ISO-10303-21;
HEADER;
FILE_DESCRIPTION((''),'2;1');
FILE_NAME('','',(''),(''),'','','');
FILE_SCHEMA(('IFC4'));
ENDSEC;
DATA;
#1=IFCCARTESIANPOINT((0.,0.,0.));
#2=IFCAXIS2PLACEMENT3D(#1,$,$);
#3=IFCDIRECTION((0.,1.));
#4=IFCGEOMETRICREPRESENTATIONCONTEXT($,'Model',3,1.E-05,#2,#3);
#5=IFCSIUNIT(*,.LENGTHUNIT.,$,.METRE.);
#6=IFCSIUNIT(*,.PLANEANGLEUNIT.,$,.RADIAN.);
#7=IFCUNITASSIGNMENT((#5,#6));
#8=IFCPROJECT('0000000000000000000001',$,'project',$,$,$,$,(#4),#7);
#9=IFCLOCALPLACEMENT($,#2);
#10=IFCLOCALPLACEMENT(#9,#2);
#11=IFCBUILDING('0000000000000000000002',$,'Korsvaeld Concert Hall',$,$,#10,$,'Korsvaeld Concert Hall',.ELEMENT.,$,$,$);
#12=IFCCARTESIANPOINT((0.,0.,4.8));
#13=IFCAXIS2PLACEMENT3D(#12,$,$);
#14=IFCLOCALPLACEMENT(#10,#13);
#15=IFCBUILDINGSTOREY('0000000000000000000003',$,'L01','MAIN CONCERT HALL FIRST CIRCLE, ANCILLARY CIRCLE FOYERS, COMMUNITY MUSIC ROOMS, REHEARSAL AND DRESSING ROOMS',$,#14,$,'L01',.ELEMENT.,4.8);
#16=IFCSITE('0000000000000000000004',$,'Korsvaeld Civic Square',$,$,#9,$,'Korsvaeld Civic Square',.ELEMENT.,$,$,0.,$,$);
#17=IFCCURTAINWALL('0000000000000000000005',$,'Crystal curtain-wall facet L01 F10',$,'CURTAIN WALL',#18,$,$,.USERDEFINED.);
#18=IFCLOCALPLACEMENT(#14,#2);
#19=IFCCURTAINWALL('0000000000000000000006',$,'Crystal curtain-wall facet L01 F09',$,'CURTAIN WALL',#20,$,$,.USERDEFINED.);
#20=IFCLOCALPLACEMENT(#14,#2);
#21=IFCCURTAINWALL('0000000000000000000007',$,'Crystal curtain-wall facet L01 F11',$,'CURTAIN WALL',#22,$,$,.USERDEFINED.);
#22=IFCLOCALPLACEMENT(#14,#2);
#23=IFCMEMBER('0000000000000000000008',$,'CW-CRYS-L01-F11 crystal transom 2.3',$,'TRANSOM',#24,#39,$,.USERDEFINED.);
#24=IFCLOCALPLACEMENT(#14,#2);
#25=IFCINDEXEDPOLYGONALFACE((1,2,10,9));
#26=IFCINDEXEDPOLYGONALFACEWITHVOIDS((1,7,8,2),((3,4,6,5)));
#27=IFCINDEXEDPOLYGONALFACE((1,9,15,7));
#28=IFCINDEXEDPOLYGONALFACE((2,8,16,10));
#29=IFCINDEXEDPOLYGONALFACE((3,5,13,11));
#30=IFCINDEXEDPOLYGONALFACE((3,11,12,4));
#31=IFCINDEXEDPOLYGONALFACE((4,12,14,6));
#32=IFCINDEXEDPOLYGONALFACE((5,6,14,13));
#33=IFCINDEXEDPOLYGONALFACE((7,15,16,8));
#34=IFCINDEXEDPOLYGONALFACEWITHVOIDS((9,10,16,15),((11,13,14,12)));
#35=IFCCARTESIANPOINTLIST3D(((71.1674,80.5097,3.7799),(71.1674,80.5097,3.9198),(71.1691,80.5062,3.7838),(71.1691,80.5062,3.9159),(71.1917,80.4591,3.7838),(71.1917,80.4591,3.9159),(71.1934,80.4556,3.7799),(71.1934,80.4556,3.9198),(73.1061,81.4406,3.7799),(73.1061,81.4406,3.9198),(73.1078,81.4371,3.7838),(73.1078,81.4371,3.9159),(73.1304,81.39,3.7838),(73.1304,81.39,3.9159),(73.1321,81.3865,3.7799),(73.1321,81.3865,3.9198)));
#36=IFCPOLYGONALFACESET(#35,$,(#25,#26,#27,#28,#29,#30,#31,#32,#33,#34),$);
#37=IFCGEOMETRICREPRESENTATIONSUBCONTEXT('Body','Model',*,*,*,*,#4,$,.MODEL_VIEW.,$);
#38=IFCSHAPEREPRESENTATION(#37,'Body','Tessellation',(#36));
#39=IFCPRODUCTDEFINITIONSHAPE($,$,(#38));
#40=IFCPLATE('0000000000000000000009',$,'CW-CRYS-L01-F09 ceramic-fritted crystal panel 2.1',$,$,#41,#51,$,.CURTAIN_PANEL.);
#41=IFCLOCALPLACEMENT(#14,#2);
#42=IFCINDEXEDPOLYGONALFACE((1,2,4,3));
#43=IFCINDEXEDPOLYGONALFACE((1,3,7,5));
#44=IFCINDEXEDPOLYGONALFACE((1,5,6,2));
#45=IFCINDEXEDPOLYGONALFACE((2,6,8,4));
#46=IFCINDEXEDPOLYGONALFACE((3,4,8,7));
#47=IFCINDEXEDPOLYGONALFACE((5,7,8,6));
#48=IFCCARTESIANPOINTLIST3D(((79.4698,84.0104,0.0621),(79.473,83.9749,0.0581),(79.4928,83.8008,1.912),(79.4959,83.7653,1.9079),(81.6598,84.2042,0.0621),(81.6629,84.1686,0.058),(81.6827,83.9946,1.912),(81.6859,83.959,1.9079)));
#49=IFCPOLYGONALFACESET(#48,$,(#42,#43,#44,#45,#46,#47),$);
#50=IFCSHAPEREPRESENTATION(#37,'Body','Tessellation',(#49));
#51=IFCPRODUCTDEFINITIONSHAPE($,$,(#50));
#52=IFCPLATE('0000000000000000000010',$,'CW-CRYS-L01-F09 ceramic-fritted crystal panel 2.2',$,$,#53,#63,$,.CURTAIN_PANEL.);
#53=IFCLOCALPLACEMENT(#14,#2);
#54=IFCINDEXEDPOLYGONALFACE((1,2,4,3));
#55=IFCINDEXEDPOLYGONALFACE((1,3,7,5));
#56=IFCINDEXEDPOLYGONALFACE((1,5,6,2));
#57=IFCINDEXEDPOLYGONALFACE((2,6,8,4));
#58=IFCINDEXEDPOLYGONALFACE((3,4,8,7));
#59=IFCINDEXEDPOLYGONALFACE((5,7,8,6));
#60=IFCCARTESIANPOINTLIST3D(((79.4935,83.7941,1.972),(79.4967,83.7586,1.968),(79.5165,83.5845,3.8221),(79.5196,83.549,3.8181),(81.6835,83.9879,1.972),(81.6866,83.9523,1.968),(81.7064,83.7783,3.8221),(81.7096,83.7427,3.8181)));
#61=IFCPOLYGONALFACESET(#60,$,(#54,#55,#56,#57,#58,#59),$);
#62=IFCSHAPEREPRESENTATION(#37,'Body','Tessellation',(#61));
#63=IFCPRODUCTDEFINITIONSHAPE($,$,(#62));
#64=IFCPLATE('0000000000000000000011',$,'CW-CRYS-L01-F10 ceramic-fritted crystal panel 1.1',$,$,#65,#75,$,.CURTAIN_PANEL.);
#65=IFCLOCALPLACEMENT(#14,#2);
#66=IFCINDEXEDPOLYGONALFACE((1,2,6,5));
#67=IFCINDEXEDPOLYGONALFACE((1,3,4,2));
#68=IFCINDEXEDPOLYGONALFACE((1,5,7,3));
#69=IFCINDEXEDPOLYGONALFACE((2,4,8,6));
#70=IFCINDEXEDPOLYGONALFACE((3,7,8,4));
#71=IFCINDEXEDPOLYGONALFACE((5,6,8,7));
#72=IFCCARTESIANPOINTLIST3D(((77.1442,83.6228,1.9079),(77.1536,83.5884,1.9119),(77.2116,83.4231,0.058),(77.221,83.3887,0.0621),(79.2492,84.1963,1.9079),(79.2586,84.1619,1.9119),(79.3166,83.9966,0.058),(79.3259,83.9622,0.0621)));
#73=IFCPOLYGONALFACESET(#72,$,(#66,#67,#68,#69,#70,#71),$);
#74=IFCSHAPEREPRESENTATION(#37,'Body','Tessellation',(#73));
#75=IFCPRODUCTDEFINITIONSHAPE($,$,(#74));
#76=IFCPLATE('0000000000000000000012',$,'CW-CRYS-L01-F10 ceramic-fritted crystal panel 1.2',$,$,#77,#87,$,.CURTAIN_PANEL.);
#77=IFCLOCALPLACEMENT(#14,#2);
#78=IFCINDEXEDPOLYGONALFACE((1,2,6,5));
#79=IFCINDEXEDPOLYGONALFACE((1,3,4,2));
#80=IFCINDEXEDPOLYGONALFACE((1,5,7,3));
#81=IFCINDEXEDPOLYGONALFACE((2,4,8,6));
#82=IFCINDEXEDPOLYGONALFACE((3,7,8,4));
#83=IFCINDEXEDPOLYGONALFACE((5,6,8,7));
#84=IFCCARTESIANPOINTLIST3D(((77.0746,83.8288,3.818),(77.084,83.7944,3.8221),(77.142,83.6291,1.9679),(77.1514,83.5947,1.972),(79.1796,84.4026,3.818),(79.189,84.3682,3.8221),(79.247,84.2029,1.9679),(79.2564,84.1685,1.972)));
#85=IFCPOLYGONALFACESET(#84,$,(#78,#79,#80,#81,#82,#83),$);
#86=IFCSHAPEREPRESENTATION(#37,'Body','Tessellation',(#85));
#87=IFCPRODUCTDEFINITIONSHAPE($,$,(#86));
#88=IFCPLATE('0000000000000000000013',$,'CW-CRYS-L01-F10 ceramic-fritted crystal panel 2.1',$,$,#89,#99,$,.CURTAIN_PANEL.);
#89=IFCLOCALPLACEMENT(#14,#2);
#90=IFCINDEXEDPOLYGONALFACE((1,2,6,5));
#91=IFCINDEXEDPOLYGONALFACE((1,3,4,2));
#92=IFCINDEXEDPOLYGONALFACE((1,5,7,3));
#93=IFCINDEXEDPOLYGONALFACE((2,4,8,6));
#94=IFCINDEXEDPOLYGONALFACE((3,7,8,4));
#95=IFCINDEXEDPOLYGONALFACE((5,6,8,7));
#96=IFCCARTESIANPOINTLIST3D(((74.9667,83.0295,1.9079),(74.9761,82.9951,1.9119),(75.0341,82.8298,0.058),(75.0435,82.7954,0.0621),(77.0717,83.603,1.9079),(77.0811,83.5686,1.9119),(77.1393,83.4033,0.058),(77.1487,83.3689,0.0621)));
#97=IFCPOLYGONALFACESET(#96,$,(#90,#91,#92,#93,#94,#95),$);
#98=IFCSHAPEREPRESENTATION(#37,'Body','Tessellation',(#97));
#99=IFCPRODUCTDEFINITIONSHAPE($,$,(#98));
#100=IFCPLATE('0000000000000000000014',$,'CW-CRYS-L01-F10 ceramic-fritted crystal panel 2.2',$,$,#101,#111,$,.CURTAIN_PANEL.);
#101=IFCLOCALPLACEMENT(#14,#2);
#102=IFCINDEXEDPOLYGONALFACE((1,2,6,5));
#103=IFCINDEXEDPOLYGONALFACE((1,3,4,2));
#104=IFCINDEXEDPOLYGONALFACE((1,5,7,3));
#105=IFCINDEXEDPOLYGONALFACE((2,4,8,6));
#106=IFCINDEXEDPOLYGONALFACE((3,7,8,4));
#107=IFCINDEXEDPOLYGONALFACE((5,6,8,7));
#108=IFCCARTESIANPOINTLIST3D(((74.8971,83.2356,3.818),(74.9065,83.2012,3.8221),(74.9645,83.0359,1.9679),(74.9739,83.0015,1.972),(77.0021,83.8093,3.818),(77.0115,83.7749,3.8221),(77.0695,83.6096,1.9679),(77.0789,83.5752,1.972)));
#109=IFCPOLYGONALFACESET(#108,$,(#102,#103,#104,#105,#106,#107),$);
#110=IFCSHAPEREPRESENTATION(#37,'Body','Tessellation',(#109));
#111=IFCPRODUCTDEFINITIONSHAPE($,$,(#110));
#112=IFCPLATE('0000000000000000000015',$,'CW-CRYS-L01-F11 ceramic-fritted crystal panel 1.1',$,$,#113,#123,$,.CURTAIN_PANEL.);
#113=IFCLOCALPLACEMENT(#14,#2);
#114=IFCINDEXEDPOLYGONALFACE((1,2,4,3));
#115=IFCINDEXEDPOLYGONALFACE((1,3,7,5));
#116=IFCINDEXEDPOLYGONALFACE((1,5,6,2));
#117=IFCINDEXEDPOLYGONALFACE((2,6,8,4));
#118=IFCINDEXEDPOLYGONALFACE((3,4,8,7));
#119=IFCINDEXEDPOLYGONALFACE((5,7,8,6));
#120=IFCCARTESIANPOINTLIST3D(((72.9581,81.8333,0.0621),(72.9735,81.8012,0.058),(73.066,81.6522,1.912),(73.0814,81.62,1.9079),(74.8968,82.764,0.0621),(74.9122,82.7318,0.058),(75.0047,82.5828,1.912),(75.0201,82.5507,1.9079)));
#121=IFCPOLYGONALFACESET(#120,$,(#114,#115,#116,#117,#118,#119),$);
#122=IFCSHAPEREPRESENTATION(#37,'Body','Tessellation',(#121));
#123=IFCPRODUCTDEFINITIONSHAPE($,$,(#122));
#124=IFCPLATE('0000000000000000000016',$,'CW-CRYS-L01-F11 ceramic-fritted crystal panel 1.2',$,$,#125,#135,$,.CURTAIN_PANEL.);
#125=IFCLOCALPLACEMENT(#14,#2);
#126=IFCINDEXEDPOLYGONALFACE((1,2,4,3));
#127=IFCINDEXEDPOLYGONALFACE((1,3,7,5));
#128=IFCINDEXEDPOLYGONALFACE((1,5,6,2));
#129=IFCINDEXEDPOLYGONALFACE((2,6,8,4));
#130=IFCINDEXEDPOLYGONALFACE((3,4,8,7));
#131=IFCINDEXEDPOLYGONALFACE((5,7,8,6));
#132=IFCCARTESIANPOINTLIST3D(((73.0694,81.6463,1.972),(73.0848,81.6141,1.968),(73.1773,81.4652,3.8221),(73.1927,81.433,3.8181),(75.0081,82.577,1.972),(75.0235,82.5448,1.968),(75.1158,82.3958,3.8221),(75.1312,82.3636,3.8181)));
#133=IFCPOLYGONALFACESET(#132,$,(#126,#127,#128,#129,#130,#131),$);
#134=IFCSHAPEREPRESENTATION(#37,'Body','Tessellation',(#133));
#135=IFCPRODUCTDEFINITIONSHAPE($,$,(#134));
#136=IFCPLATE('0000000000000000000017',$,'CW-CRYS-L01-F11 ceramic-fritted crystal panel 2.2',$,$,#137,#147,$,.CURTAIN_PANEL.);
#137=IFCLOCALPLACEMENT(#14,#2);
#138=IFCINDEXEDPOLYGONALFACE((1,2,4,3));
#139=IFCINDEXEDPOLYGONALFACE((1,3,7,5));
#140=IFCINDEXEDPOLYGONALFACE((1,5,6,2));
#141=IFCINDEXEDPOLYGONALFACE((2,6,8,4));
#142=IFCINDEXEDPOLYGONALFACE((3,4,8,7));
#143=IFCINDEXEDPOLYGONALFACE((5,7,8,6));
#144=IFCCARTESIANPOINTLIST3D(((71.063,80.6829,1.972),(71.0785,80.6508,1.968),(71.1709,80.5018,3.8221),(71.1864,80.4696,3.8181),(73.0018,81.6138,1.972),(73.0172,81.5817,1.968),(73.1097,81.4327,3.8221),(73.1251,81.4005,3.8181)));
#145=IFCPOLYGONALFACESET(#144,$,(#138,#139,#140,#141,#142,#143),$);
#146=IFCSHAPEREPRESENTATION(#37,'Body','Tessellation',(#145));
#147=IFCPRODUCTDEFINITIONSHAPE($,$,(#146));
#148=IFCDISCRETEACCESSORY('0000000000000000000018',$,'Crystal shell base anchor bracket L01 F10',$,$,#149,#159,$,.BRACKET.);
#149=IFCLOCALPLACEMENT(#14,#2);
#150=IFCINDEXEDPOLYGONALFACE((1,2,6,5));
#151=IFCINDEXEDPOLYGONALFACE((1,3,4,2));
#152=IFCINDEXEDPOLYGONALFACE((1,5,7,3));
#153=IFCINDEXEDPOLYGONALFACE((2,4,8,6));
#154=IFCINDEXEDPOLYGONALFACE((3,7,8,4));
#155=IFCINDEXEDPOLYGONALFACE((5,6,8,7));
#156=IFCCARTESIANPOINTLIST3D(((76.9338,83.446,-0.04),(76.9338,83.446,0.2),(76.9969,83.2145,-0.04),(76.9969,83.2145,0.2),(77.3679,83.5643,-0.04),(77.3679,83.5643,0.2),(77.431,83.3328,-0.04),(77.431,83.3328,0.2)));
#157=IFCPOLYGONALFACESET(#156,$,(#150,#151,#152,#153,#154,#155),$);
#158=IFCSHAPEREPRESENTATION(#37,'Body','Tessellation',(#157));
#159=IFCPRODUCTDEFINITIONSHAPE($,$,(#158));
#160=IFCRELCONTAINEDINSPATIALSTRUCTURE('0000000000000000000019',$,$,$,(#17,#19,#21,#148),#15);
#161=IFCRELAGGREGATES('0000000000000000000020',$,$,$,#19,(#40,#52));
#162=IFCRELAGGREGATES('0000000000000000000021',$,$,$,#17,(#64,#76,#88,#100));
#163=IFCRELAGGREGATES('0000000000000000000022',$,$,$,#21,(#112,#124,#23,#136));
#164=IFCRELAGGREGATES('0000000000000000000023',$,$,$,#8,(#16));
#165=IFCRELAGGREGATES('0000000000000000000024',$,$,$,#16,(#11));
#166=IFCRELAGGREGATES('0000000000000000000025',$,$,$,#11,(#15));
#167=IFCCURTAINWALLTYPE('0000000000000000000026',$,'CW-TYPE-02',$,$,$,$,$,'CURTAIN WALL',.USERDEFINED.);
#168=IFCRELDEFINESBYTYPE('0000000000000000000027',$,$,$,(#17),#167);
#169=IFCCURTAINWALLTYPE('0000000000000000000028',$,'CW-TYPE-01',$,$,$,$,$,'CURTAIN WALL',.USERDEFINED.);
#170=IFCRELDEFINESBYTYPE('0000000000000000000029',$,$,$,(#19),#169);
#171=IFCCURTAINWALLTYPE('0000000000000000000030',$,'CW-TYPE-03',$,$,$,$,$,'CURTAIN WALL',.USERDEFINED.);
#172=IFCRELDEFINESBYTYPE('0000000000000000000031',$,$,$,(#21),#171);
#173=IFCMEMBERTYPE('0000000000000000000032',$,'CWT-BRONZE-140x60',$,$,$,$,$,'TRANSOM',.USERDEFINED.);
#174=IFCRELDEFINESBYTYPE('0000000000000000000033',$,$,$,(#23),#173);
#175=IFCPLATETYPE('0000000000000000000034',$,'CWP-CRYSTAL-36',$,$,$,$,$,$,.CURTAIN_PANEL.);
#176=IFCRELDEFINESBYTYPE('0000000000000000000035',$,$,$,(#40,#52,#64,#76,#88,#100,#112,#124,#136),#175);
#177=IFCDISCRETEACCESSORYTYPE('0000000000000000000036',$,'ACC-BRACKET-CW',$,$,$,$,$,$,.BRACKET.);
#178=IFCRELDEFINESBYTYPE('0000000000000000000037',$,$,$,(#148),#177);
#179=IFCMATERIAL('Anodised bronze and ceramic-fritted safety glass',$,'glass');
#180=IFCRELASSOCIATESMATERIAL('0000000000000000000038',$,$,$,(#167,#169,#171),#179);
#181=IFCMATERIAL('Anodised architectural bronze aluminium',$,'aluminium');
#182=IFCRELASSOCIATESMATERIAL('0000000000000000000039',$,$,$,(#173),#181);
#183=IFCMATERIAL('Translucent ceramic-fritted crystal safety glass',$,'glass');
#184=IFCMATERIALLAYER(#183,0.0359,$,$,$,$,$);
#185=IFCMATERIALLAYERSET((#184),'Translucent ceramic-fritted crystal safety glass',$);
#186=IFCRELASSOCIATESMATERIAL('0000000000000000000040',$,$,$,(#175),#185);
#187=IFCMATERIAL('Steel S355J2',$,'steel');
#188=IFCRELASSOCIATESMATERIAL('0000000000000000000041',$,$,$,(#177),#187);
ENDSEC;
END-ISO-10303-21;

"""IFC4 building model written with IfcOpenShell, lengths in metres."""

from ifc_helpers import new_model, si_unit, direction, frame, origin, origin_2d, place, context, subcontext, project, spatial, polyline, rectangle, hollow_rectangle, outline, extrude, material, layer, layer_set, material_profile, profile_set, type_object, element, aggregate, save


model = new_model("IFC4")

# Units and contexts
model_context = context("Model", 3, precision=1e-05, world=origin(), true_north=direction((0.0, 1.0)))
body_context = subcontext(model_context, "Body", "Model", "MODEL_VIEW")
ifc_project = project(units=[si_unit("LENGTHUNIT", "METRE"), si_unit("PLANEANGLEUNIT", "RADIAN")], contexts=[model_context])

# Site, building, storey
site_placement = place(None, origin())
site = spatial("IfcSite", under=ifc_project, at=site_placement, Name="Korsvaeld Civic Square", LongName="Korsvaeld Civic Square", CompositionType="ELEMENT", RefElevation=0.0)
building_placement = place(site_placement, origin())
building = spatial("IfcBuilding", under=site, at=building_placement, Name="Korsvaeld Concert Hall", LongName="Korsvaeld Concert Hall", CompositionType="ELEMENT")
storey_placement = place(building_placement, frame((0.0, 0.0, 4.8)))
storey = spatial("IfcBuildingStorey", under=building, at=storey_placement, Name="L01", Description="MAIN CONCERT HALL FIRST CIRCLE, ANCILLARY CIRCLE FOYERS, COMMUNITY MUSIC ROOMS, REHEARSAL AND DRESSING ROOMS", LongName="L01", CompositionType="ELEMENT", Elevation=4.8)

# Shared definitions
ifc_material_1 = material(Name="Steel S355J2", Category="steel")

# Curtain wall
ifc_material_2 = material(Name="Anodised bronze and ceramic-fritted safety glass", Category="glass")
curtain_wall_type_1 = type_object("IfcCurtainWallType", Name="CW-TYPE-02", ElementType="CURTAIN WALL", PredefinedType="USERDEFINED", material=ifc_material_2)
curtain_wall_1_placement = place(storey_placement, origin())
curtain_wall_1 = element("IfcCurtainWall", 1, at=curtain_wall_1_placement, inside=storey, type_object=curtain_wall_type_1, Name="Crystal curtain-wall facet L01 F10", ObjectType="CURTAIN WALL", PredefinedType="USERDEFINED")
ifc_material_3 = material(Name="Anodised architectural bronze aluminium", Category="aluminium")

# Curtain walls
curtain_wall_type_2 = type_object("IfcCurtainWallType", Name="CW-TYPE-01", ElementType="CURTAIN WALL", PredefinedType="USERDEFINED", material=ifc_material_2)
curtain_wall_2_placement = place(storey_placement, origin())
curtain_wall_2 = element("IfcCurtainWall", 2, at=curtain_wall_2_placement, inside=storey, type_object=curtain_wall_type_2, Name="Crystal curtain-wall facet L01 F09", ObjectType="CURTAIN WALL", PredefinedType="USERDEFINED")
curtain_wall_type_3 = type_object("IfcCurtainWallType", Name="CW-TYPE-03", ElementType="CURTAIN WALL", PredefinedType="USERDEFINED", material=ifc_material_2)
curtain_wall_3_placement = place(storey_placement, origin())
curtain_wall_3 = element("IfcCurtainWall", 3, at=curtain_wall_3_placement, inside=storey, type_object=curtain_wall_type_3, Name="Crystal curtain-wall facet L01 F11", ObjectType="CURTAIN WALL", PredefinedType="USERDEFINED")

# Member
ifc_material_profile_1 = material_profile(ifc_material_3, hollow_rectangle(XDim=0.0601, YDim=0.1399, WallThickness=0.0039, at=origin_2d()), Name="CWT 140x60x4")
ifc_profile_set_1 = profile_set([ifc_material_profile_1], Name="Anodised architectural bronze aluminium")
member_type_1 = type_object("IfcMemberType", Name="CWT-BRONZE-140x60", ElementType="TRANSOM", PredefinedType="USERDEFINED", material=ifc_profile_set_1)
member_1_placement = place(storey_placement, frame((73.1191, 81.4136, 3.8499), z_axis=(-0.901465, -0.432853, 0.0), x_axis=(0.432853, -0.901465, 0.0)))
member_1 = element("IfcMember", 4, at=member_1_placement, type_object=member_type_1, Name="CW-CRYS-L01-F11 crystal transom 2.3", ObjectType="TRANSOM", PredefinedType="USERDEFINED", context=body_context, shape_type="SweptSolid", body=[
    extrude(hollow_rectangle(XDim=0.0601, YDim=0.1399, WallThickness=0.0039, at=origin_2d()), origin(), (0.0, 0.0, 1.0), 2.1506),
])

# Plates
ifc_material_4 = material(Name="Translucent ceramic-fritted crystal safety glass", Category="glass")
ifc_layer = layer(ifc_material_4, 0.0359)
ifc_layer_set = layer_set([ifc_layer], Name="Translucent ceramic-fritted crystal safety glass")
plate_type = type_object("IfcPlateType", Name="CWP-CRYSTAL-36", PredefinedType="CURTAIN_PANEL", material=ifc_layer_set)
plate_1_placement = place(storey_placement, frame((81.6614, 84.1863, 0.0601), z_axis=(-0.087551, 0.989705, 0.113223), x_axis=(-0.99611, -0.088118, 0.000006)))
plate_1 = element("IfcPlate", 5, at=plate_1_placement, type_object=plate_type, Name="CW-CRYS-L01-F09 ceramic-fritted crystal panel 2.1", PredefinedType="CURTAIN_PANEL", context=body_context, shape_type="SweptSolid", body=[
    extrude(outline(polyline([(0.0, 0.0), (2.1985, 0.0), (2.1941, 1.8618), (-0.0044, 1.8618), (0.0, 0.0)])), frame((0.0, 0.0, 0.0181)), (0.0, 0.0, -1.0), 0.0359),
])
plate_2_placement = place(storey_placement, frame((81.6851, 83.97, 1.97), z_axis=(-0.087551, 0.989706, 0.113208), x_axis=(-0.99611, -0.088118, 0.000006)))
plate_2 = element("IfcPlate", 6, at=plate_2_placement, type_object=plate_type, Name="CW-CRYS-L01-F09 ceramic-fritted crystal panel 2.2", PredefinedType="CURTAIN_PANEL", context=body_context, shape_type="SweptSolid", body=[
    extrude(outline(polyline([(0.0, 0.0), (2.1985, 0.0), (2.1941, 1.8621), (-0.0044, 1.8621), (0.0, 0.0)])), frame((0.0, 0.0, 0.0181)), (0.0, 0.0, -1.0), 0.0359),
])
aggregate(curtain_wall_2, [plate_1, plate_2])
plate_3_placement = place(storey_placement, frame((79.3213, 83.9792, 0.0601), z_axis=(-0.261178, 0.958653, -0.113008), x_axis=(-0.964834, -0.262862, 0.0)))
plate_3 = element("IfcPlate", 7, at=plate_3_placement, type_object=plate_type, Name="CW-CRYS-L01-F10 ceramic-fritted crystal panel 1.1", PredefinedType="CURTAIN_PANEL", context=body_context, shape_type="SweptSolid", body=[
    extrude(outline(polyline([(0.0, 0.0), (2.1817, 0.0), (2.1942, 1.8618), (0.0125, 1.8618), (0.0, 0.0)])), frame((0.0, 0.0, 0.0181)), (0.0, 0.0, -1.0), 0.0359),
])
plate_4_placement = place(storey_placement, frame((79.2517, 84.1855, 1.97), z_axis=(-0.261282, 0.958626, -0.112994), x_axis=(-0.964805, -0.262966, 0.0)))
plate_4 = element("IfcPlate", 8, at=plate_4_placement, type_object=plate_type, Name="CW-CRYS-L01-F10 ceramic-fritted crystal panel 1.2", PredefinedType="CURTAIN_PANEL", context=body_context, shape_type="SweptSolid", body=[
    extrude(outline(polyline([(0.0, 0.0), (2.1818, 0.0), (2.1943, 1.862), (0.0125, 1.862), (0.0, 0.0)])), frame((0.0, 0.0, 0.0181)), (0.0, 0.0, -1.0), 0.0359),
])
plate_5_placement = place(storey_placement, frame((77.144, 83.386, 0.0601), z_axis=(-0.261163, 0.958655, -0.113025), x_axis=(-0.964837, -0.262847, 0.000002)))
plate_5 = element("IfcPlate", 9, at=plate_5_placement, type_object=plate_type, Name="CW-CRYS-L01-F10 ceramic-fritted crystal panel 2.1", PredefinedType="CURTAIN_PANEL", context=body_context, shape_type="SweptSolid", body=[
    extrude(outline(polyline([(0.0, 0.0), (2.1819, 0.0), (2.1945, 1.8618), (0.0128, 1.8618), (0.0, 0.0)])), frame((0.0, 0.0, 0.0181)), (0.0, 0.0, -1.0), 0.0359),
])
plate_6_placement = place(storey_placement, frame((77.0742, 83.5923, 1.97), z_axis=(-0.261282, 0.958626, -0.112994), x_axis=(-0.964805, -0.262966, 0.0)))
plate_6 = element("IfcPlate", 10, at=plate_6_placement, type_object=plate_type, Name="CW-CRYS-L01-F10 ceramic-fritted crystal panel 2.2", PredefinedType="CURTAIN_PANEL", context=body_context, shape_type="SweptSolid", body=[
    extrude(outline(polyline([(0.0, 0.0), (2.1818, 0.0), (2.1943, 1.862), (0.0125, 1.862), (0.0, 0.0)])), frame((0.0, 0.0, 0.0181)), (0.0, 0.0, -1.0), 0.0359),
])
aggregate(curtain_wall_1, [plate_3, plate_4, plate_5, plate_6])
plate_7_placement = place(storey_placement, frame((74.9045, 82.7478, 0.0601), z_axis=(-0.429998, 0.895755, 0.112803), x_axis=(-0.901509, -0.432761, 0.0)))
plate_7 = element("IfcPlate", 11, at=plate_7_placement, type_object=plate_type, Name="CW-CRYS-L01-F11 ceramic-fritted crystal panel 1.1", PredefinedType="CURTAIN_PANEL", context=body_context, shape_type="SweptSolid", body=[
    extrude(outline(polyline([(0.0, 0.0), (2.1505, 0.0), (2.1316, 1.8617), (-0.0189, 1.8617), (0.0, 0.0)])), frame((0.0, 0.0, 0.0181)), (0.0, 0.0, -1.0), 0.0359),
])
plate_8_placement = place(storey_placement, frame((75.0159, 82.5608, 1.97), z_axis=(-0.430023, 0.895749, 0.112761), x_axis=(-0.901498, -0.432782, -0.000003)))
plate_8 = element("IfcPlate", 12, at=plate_8_placement, type_object=plate_type, Name="CW-CRYS-L01-F11 ceramic-fritted crystal panel 1.2", PredefinedType="CURTAIN_PANEL", context=body_context, shape_type="SweptSolid", body=[
    extrude(outline(polyline([(0.0, 0.0), (2.1505, 0.0), (2.1316, 1.862), (-0.0187, 1.862), (0.0, 0.0)])), frame((0.0, 0.0, 0.0181)), (0.0, 0.0, -1.0), 0.0359),
])
plate_9_placement = place(storey_placement, frame((73.0095, 81.5977, 1.97), z_axis=(-0.430091, 0.895712, 0.112789), x_axis=(-0.901465, -0.432853, 0.0)))
plate_9 = element("IfcPlate", 13, at=plate_9_placement, type_object=plate_type, Name="CW-CRYS-L01-F11 ceramic-fritted crystal panel 2.2", PredefinedType="CURTAIN_PANEL", context=body_context, shape_type="SweptSolid", body=[
    extrude(outline(polyline([(0.0, 0.0), (2.1506, 0.0), (2.1318, 1.862), (-0.0189, 1.862), (0.0, 0.0)])), frame((0.0, 0.0, 0.0181)), (0.0, 0.0, -1.0), 0.0359),
])
aggregate(curtain_wall_3, [plate_7, plate_8, member_1, plate_9])

# Discrete accessory
discrete_accessory_type = type_object("IfcDiscreteAccessoryType", Name="ACC-BRACKET-CW", PredefinedType="BRACKET", material=ifc_material_1)
discrete_accessory_placement = place(storey_placement, frame((77.1824, 83.3894, -0.04), z_axis=(0.0, 0.0, 1.0), x_axis=(-0.964833, -0.262863, 0.0)))
element("IfcDiscreteAccessory", 14, at=discrete_accessory_placement, inside=storey, type_object=discrete_accessory_type, Name="Crystal shell base anchor bracket L01 F10", PredefinedType="BRACKET", context=body_context, shape_type="SweptSolid", body=[
    extrude(rectangle(XDim=0.45, YDim=0.24, at=origin_2d()), origin(), (0.0, 0.0, 1.0), 0.24),
])

save(model, "model.ifc")
